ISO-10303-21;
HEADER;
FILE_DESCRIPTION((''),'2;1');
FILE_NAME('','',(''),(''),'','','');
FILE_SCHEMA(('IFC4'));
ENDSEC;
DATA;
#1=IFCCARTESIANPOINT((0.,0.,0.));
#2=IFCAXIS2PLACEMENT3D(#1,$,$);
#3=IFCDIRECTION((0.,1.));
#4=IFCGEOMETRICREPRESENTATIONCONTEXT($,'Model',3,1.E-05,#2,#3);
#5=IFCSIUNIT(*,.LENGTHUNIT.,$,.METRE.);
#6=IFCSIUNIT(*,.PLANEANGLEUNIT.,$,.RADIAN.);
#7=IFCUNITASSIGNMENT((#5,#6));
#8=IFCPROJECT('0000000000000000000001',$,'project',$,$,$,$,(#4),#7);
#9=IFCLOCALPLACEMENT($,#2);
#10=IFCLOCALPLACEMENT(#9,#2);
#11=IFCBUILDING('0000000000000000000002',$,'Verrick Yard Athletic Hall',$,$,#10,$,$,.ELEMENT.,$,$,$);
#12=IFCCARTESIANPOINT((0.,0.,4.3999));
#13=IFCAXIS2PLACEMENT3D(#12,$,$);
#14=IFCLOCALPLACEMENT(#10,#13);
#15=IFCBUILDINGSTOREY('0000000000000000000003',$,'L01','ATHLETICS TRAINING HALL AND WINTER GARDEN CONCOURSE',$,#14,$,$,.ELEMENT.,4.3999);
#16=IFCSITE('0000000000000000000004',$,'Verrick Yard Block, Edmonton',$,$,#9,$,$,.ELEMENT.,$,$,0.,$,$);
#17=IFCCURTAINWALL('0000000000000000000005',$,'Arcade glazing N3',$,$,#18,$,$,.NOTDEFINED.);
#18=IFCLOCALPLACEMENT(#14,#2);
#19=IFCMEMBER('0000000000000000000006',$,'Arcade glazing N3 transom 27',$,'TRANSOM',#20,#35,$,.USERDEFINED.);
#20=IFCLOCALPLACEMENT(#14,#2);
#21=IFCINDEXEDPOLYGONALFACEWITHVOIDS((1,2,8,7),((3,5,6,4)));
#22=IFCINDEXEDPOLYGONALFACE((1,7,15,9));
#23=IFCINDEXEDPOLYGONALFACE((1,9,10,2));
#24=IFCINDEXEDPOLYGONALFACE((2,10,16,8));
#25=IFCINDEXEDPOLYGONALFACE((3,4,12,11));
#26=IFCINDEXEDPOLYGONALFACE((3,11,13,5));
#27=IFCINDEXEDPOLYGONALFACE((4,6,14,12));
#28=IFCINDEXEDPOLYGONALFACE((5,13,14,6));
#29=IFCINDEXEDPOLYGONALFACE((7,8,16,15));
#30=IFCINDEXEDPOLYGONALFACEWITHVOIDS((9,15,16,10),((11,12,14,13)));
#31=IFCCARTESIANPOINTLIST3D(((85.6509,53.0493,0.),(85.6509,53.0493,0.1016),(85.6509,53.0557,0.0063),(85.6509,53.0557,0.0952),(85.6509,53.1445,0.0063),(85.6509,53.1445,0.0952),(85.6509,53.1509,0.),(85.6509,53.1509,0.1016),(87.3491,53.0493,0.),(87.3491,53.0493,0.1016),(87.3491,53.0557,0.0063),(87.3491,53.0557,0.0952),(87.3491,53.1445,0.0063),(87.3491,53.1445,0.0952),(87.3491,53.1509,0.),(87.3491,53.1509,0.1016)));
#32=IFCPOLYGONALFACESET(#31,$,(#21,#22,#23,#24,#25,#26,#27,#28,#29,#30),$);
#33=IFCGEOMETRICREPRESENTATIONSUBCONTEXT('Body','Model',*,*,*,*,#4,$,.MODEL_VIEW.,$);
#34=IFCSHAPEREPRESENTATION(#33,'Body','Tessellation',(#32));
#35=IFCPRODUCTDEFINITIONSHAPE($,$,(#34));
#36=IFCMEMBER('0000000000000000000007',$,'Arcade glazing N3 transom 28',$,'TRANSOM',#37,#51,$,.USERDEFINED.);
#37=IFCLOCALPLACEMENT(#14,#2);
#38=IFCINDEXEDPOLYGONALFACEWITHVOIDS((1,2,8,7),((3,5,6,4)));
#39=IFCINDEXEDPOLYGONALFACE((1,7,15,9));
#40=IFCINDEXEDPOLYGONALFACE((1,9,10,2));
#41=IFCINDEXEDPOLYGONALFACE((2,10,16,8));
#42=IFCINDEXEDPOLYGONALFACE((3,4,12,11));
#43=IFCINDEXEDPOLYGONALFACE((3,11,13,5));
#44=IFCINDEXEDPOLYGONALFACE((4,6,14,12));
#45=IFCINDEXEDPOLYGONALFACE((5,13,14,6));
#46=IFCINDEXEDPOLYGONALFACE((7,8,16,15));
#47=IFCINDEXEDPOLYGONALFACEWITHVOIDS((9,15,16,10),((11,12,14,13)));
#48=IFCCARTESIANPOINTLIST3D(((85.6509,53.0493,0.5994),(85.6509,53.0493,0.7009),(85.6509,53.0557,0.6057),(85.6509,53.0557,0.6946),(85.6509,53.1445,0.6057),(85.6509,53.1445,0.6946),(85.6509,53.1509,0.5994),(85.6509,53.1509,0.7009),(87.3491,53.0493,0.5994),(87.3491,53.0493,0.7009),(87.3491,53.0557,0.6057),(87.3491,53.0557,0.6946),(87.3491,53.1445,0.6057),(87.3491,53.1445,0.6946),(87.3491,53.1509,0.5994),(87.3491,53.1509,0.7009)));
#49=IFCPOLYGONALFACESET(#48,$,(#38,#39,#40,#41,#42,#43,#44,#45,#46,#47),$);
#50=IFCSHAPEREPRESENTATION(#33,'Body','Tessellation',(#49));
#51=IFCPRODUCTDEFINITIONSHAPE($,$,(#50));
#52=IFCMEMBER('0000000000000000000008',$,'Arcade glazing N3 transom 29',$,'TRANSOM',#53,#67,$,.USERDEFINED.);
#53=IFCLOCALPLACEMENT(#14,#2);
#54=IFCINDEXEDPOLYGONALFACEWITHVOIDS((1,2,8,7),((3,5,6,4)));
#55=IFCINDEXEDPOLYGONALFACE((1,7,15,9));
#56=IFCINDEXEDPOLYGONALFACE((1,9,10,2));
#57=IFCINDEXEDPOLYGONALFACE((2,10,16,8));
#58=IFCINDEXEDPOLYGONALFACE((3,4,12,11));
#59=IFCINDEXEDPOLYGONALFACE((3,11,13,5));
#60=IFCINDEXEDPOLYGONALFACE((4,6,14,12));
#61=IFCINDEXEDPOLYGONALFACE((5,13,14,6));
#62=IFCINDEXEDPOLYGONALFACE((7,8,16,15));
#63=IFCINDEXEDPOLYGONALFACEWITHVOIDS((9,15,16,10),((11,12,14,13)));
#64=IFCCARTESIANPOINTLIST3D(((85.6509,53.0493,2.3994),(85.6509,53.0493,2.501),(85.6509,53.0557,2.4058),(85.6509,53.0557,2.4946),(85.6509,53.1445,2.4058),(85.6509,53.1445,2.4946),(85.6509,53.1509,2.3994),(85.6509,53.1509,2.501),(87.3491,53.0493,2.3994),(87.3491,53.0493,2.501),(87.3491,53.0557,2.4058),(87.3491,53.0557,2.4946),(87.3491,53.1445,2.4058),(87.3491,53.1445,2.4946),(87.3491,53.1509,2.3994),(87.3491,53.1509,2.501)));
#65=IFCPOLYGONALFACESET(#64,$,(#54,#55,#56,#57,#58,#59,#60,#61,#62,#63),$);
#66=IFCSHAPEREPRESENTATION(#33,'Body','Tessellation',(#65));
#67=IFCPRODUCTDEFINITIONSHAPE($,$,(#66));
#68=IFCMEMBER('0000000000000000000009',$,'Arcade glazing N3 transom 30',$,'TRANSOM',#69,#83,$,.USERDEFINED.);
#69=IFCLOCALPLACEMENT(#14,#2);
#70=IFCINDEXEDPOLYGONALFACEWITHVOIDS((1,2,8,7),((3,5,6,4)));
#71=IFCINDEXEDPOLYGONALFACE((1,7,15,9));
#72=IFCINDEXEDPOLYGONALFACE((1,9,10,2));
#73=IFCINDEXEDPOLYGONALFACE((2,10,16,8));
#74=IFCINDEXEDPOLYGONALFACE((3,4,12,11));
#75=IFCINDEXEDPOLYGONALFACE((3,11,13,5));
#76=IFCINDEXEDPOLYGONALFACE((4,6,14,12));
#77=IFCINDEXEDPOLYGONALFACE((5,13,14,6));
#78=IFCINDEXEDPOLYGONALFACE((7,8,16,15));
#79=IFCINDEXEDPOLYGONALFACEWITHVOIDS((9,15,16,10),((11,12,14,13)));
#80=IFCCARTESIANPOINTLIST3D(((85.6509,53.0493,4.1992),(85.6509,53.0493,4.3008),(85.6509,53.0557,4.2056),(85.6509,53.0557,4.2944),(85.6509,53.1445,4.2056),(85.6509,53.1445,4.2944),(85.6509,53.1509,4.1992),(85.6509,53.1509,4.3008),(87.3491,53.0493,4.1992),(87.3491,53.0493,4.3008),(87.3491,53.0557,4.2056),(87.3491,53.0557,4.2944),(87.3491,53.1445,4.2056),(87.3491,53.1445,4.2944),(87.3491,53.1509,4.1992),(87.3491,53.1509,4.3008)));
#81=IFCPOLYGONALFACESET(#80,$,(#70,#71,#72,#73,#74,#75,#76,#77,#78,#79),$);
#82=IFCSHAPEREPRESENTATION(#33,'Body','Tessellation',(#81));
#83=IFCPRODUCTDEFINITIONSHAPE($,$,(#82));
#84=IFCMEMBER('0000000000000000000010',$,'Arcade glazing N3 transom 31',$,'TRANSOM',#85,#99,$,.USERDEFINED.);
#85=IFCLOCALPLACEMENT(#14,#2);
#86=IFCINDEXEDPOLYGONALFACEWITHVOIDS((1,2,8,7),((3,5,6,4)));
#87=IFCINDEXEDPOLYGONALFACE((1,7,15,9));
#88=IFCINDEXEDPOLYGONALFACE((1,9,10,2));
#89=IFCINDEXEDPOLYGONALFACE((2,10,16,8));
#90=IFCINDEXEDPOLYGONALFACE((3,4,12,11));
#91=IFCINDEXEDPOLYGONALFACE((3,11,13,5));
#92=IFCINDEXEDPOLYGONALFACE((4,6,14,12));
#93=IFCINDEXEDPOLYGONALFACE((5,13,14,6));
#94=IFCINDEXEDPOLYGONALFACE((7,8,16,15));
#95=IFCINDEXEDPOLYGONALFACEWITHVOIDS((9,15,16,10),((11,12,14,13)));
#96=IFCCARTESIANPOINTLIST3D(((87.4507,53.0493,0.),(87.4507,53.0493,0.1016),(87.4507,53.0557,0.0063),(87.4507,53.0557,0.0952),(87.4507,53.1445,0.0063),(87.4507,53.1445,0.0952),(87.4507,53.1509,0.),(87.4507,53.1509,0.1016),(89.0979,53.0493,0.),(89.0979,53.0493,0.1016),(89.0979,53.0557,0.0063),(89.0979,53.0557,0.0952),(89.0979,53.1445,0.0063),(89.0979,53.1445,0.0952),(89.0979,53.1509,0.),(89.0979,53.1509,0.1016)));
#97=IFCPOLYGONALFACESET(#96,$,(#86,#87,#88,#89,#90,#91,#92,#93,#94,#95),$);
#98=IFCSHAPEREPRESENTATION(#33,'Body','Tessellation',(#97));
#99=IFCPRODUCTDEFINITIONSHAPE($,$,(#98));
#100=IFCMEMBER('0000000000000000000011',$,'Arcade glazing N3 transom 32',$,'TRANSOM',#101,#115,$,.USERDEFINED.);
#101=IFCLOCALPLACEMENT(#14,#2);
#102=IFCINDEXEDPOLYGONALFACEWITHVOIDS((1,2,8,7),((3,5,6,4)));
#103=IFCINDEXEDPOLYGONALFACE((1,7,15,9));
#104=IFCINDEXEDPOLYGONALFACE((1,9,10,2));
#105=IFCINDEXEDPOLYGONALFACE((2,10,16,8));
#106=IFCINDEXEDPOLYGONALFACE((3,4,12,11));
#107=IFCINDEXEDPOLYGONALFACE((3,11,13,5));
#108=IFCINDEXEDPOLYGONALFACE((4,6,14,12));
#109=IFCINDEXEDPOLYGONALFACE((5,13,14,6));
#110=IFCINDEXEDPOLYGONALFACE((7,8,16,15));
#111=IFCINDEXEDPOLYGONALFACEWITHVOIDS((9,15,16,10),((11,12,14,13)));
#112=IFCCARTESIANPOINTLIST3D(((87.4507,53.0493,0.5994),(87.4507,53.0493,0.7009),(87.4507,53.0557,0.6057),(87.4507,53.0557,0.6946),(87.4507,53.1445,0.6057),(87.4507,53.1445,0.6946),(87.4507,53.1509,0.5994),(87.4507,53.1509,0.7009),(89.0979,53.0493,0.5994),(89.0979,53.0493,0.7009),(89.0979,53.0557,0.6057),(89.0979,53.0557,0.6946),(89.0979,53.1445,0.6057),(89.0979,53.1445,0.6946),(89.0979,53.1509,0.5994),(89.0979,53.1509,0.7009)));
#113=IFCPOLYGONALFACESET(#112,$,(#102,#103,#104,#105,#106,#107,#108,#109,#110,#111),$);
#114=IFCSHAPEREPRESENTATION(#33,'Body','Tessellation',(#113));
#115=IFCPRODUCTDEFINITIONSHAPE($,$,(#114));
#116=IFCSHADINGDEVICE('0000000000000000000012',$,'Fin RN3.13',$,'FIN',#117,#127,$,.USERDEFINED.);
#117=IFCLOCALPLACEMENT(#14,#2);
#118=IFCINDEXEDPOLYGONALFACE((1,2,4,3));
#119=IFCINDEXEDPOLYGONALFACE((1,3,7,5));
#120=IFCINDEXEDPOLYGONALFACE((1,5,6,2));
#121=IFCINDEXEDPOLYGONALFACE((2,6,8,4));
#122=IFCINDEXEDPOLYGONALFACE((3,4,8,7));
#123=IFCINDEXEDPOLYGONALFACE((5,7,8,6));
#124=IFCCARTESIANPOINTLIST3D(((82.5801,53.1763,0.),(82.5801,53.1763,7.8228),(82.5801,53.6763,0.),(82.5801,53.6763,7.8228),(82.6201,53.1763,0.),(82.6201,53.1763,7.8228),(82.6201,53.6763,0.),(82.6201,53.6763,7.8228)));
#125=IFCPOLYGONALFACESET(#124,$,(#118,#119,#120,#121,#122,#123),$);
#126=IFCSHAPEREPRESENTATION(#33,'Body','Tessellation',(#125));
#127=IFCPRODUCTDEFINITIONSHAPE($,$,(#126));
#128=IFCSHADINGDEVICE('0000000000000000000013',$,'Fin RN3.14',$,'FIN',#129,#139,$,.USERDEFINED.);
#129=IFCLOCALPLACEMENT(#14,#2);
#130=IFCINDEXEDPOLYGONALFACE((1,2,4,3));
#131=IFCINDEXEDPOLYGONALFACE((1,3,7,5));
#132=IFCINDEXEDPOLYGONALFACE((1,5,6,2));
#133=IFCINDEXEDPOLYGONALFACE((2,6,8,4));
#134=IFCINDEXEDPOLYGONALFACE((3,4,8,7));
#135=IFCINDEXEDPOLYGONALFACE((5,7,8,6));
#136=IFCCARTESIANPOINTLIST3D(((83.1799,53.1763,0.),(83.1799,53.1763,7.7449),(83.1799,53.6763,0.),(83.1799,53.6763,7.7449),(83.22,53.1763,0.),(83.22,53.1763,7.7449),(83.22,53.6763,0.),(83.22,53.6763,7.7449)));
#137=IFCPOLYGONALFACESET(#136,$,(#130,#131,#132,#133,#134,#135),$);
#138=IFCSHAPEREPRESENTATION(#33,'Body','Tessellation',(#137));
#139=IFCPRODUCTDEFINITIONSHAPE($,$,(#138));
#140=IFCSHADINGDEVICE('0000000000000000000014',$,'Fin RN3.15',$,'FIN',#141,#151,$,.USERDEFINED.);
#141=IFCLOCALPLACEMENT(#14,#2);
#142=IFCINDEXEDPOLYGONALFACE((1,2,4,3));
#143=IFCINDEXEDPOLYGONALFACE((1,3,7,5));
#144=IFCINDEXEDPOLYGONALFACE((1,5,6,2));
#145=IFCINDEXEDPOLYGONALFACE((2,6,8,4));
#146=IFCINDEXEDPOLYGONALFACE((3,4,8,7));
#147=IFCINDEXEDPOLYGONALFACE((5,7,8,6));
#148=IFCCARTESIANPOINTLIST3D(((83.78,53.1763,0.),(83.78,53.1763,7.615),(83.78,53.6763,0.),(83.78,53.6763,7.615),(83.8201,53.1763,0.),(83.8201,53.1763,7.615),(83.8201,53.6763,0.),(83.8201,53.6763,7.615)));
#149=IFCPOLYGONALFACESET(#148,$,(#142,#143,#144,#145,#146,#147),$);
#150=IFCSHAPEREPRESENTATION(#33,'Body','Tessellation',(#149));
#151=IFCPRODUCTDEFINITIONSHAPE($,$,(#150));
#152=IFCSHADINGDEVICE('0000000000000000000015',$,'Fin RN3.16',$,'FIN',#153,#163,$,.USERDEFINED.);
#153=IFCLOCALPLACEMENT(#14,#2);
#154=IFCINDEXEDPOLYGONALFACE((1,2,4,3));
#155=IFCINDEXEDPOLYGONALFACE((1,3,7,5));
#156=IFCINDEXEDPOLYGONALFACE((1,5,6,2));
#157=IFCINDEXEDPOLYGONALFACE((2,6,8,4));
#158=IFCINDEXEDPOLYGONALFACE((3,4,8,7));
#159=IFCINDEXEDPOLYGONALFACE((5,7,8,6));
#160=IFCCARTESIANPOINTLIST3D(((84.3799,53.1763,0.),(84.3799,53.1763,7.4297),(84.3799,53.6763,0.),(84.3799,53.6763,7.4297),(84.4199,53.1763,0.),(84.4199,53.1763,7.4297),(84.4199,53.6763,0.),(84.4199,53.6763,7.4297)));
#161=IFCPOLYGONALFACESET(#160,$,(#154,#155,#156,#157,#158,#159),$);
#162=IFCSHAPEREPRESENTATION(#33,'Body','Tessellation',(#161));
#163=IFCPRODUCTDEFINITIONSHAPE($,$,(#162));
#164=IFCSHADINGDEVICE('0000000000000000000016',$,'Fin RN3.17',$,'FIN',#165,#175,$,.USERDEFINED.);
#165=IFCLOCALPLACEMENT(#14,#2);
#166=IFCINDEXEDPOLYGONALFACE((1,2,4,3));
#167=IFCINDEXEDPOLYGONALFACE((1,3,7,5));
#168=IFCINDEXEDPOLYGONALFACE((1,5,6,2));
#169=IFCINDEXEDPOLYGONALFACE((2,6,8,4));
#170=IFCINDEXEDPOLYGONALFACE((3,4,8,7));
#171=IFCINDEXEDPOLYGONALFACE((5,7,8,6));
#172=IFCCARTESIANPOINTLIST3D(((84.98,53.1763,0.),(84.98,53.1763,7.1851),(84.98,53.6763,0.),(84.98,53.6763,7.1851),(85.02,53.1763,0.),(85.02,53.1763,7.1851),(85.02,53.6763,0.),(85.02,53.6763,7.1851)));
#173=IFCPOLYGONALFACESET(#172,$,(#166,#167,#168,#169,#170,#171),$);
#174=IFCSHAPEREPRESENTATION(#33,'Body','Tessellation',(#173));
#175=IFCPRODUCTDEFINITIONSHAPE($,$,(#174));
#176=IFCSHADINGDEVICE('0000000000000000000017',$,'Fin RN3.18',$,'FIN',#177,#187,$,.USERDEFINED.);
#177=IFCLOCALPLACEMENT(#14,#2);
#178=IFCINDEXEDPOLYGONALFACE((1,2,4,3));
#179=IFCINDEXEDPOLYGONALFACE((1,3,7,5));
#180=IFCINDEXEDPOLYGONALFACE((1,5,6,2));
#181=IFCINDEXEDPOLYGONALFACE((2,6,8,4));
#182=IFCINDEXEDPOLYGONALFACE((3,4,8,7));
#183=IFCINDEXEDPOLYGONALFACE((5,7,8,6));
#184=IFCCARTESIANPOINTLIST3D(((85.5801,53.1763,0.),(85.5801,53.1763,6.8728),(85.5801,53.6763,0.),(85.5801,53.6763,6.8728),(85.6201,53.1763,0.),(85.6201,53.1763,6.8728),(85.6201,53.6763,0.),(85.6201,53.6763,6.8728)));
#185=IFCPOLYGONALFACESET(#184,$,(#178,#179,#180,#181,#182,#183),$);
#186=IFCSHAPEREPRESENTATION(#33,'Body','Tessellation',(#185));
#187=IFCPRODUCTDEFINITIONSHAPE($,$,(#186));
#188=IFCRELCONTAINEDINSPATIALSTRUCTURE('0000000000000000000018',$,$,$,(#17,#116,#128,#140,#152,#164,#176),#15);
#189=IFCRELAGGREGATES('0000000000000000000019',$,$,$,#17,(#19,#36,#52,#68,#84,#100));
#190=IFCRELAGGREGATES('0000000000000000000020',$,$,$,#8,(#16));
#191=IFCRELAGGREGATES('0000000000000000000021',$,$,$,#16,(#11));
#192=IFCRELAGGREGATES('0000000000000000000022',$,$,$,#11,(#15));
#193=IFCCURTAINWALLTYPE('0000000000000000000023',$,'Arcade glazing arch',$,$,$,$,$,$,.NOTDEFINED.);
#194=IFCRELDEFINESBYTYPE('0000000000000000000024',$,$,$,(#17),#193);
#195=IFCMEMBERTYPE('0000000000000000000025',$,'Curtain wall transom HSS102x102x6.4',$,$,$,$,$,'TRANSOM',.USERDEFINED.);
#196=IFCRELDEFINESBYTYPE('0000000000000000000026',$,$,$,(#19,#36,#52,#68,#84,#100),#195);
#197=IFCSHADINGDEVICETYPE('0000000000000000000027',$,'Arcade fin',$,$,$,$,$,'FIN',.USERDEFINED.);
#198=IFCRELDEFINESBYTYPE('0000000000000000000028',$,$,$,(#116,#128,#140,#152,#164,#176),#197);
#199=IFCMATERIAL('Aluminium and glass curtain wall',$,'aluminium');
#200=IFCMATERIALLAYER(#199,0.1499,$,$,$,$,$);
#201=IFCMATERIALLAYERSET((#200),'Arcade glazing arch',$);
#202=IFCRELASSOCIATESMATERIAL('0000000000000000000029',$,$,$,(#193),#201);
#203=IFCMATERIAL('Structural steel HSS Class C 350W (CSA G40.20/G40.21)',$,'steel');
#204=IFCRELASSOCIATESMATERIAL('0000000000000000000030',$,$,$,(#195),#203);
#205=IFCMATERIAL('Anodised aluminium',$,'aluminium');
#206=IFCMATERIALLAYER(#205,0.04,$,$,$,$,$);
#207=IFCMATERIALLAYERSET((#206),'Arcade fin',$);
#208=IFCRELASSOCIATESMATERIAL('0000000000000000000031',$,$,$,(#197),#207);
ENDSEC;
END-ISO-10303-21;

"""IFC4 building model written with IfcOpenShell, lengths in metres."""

from ifc_helpers import new_model, si_unit, direction, frame, origin, origin_2d, place, context, subcontext, project, spatial, polyline, hollow_rectangle, outline, extrude, material, layer, layer_set, material_profile, profile_set, type_object, element, aggregate, save


model = new_model("IFC4")

# Units and contexts
model_context = context("Model", 3, precision=1e-05, world=origin(), true_north=direction((0.0, 1.0)))
body_context = subcontext(model_context, "Body", "Model", "MODEL_VIEW")
ifc_project = project(units=[si_unit("LENGTHUNIT", "METRE"), si_unit("PLANEANGLEUNIT", "RADIAN")], contexts=[model_context])

# Site, building, storey
site_placement = place(None, origin())
site = spatial("IfcSite", under=ifc_project, at=site_placement, Name="Verrick Yard Block, Edmonton", CompositionType="ELEMENT", RefElevation=0.0)
building_placement = place(site_placement, origin())
building = spatial("IfcBuilding", under=site, at=building_placement, Name="Verrick Yard Athletic Hall", CompositionType="ELEMENT")
storey_placement = place(building_placement, frame((0.0, 0.0, 4.3999)))
storey = spatial("IfcBuildingStorey", under=building, at=storey_placement, Name="L01", Description="ATHLETICS TRAINING HALL AND WINTER GARDEN CONCOURSE", CompositionType="ELEMENT", Elevation=4.3999)

# Curtain wall, members
ifc_material_1 = material(Name="Aluminium and glass curtain wall", Category="aluminium")
ifc_layer_1 = layer(ifc_material_1, 0.1499)
ifc_layer_set_1 = layer_set([ifc_layer_1], Name="Arcade glazing arch")
curtain_wall_type = type_object("IfcCurtainWallType", Name="Arcade glazing arch", PredefinedType="NOTDEFINED", material=ifc_layer_set_1)
curtain_wall_placement = place(storey_placement, origin())
curtain_wall = element("IfcCurtainWall", 1, at=curtain_wall_placement, inside=storey, type_object=curtain_wall_type, Name="Arcade glazing N3", PredefinedType="NOTDEFINED")
ifc_material_2 = material(Name="Structural steel HSS Class C 350W (CSA G40.20/G40.21)", Category="steel")
ifc_material_profile_1 = material_profile(ifc_material_2, hollow_rectangle(XDim=0.1016, YDim=0.1016, WallThickness=0.0063, at=origin_2d()), Name="HSS102x102x6.4")
ifc_profile_set_1 = profile_set([ifc_material_profile_1], Name="Structural steel HSS Class C 350W (CSA G40.20/G40.21)")
member_type_1 = type_object("IfcMemberType", Name="Curtain wall transom HSS102x102x6.4", ElementType="TRANSOM", PredefinedType="USERDEFINED", material=ifc_profile_set_1)
member_1_placement = place(storey_placement, frame((85.6509, 53.1001, 0.0508), z_axis=(1.0, 0.0, 0.0), x_axis=(0.0, 1.0, 0.0)))
member_1 = element("IfcMember", 2, at=member_1_placement, type_object=member_type_1, Name="Arcade glazing N3 transom 27", ObjectType="TRANSOM", PredefinedType="USERDEFINED", context=body_context, shape_type="SweptSolid", body=[
    extrude(hollow_rectangle(XDim=0.1016, YDim=0.1016, WallThickness=0.0063, at=origin_2d()), origin(), (0.0, 0.0, 1.0), 1.6982),
])
member_2_placement = place(storey_placement, frame((85.6509, 53.1001, 0.6501), z_axis=(1.0, 0.0, 0.0), x_axis=(0.0, 1.0, 0.0)))
member_2 = element("IfcMember", 3, at=member_2_placement, type_object=member_type_1, Name="Arcade glazing N3 transom 28", ObjectType="TRANSOM", PredefinedType="USERDEFINED", context=body_context, shape_type="SweptSolid", body=[
    extrude(hollow_rectangle(XDim=0.1016, YDim=0.1016, WallThickness=0.0063, at=origin_2d()), origin(), (0.0, 0.0, 1.0), 1.6982),
])
member_3_placement = place(storey_placement, frame((85.6509, 53.1001, 2.4502), z_axis=(1.0, 0.0, 0.0), x_axis=(0.0, 1.0, 0.0)))
member_3 = element("IfcMember", 4, at=member_3_placement, type_object=member_type_1, Name="Arcade glazing N3 transom 29", ObjectType="TRANSOM", PredefinedType="USERDEFINED", context=body_context, shape_type="SweptSolid", body=[
    extrude(hollow_rectangle(XDim=0.1016, YDim=0.1016, WallThickness=0.0063, at=origin_2d()), origin(), (0.0, 0.0, 1.0), 1.6982),
])
member_4_placement = place(storey_placement, frame((85.6509, 53.1001, 4.25), z_axis=(1.0, 0.0, 0.0), x_axis=(0.0, 1.0, 0.0)))
member_4 = element("IfcMember", 5, at=member_4_placement, type_object=member_type_1, Name="Arcade glazing N3 transom 30", ObjectType="TRANSOM", PredefinedType="USERDEFINED", context=body_context, shape_type="SweptSolid", body=[
    extrude(hollow_rectangle(XDim=0.1016, YDim=0.1016, WallThickness=0.0063, at=origin_2d()), origin(), (0.0, 0.0, 1.0), 1.6982),
])
member_5_placement = place(storey_placement, frame((87.4507, 53.1001, 0.0508), z_axis=(1.0, 0.0, 0.0), x_axis=(0.0, 1.0, 0.0)))
member_5 = element("IfcMember", 6, at=member_5_placement, type_object=member_type_1, Name="Arcade glazing N3 transom 31", ObjectType="TRANSOM", PredefinedType="USERDEFINED", context=body_context, shape_type="SweptSolid", body=[
    extrude(hollow_rectangle(XDim=0.1016, YDim=0.1016, WallThickness=0.0063, at=origin_2d()), origin(), (0.0, 0.0, 1.0), 1.6472),
])
member_6_placement = place(storey_placement, frame((87.4507, 53.1001, 0.6501), z_axis=(1.0, 0.0, 0.0), x_axis=(0.0, 1.0, 0.0)))
member_6 = element("IfcMember", 7, at=member_6_placement, type_object=member_type_1, Name="Arcade glazing N3 transom 32", ObjectType="TRANSOM", PredefinedType="USERDEFINED", context=body_context, shape_type="SweptSolid", body=[
    extrude(hollow_rectangle(XDim=0.1016, YDim=0.1016, WallThickness=0.0063, at=origin_2d()), origin(), (0.0, 0.0, 1.0), 1.6472),
])
aggregate(curtain_wall, [member_1, member_2, member_3, member_4, member_5, member_6])

# Shading devices
ifc_material_3 = material(Name="Anodised aluminium", Category="aluminium")
ifc_layer_2 = layer(ifc_material_3, 0.04)
ifc_layer_set_2 = layer_set([ifc_layer_2], Name="Arcade fin")
shading_device_type = type_object("IfcShadingDeviceType", Name="Arcade fin", ElementType="FIN", PredefinedType="USERDEFINED", material=ifc_layer_set_2)
shading_device_1_placement = place(storey_placement, frame((82.6001, 53.1763, 0.0), z_axis=(0.0, 0.0, 1.0), x_axis=(0.0, 1.0, 0.0)))
element("IfcShadingDevice", 8, at=shading_device_1_placement, inside=storey, type_object=shading_device_type, Name="Fin RN3.13", ObjectType="FIN", PredefinedType="USERDEFINED", context=body_context, shape_type="SweptSolid", body=[
    extrude(outline(polyline([(0.0, 0.0), (0.5, 0.0), (0.5, 7.8228), (0.0, 7.8228), (0.0, 0.0)])), frame((0.0, 0.02, 0.0), z_axis=(0.0, -1.0, 0.0), x_axis=(1.0, 0.0, 0.0)), (0.0, 0.0, 1.0), 0.04),
])
shading_device_2_placement = place(storey_placement, frame((83.2, 53.1763, 0.0), z_axis=(0.0, 0.0, 1.0), x_axis=(0.0, 1.0, 0.0)))
element("IfcShadingDevice", 9, at=shading_device_2_placement, inside=storey, type_object=shading_device_type, Name="Fin RN3.14", ObjectType="FIN", PredefinedType="USERDEFINED", context=body_context, shape_type="SweptSolid", body=[
    extrude(outline(polyline([(0.0, 0.0), (0.5, 0.0), (0.5, 7.7449), (0.0, 7.7449), (0.0, 0.0)])), frame((0.0, 0.02, 0.0), z_axis=(0.0, -1.0, 0.0), x_axis=(1.0, 0.0, 0.0)), (0.0, 0.0, 1.0), 0.04),
])
shading_device_3_placement = place(storey_placement, frame((83.8, 53.1763, 0.0), z_axis=(0.0, 0.0, 1.0), x_axis=(0.0, 1.0, 0.0)))
element("IfcShadingDevice", 10, at=shading_device_3_placement, inside=storey, type_object=shading_device_type, Name="Fin RN3.15", ObjectType="FIN", PredefinedType="USERDEFINED", context=body_context, shape_type="SweptSolid", body=[
    extrude(outline(polyline([(0.0, 0.0), (0.5, 0.0), (0.5, 7.615), (0.0, 7.615), (0.0, 0.0)])), frame((0.0, 0.02, 0.0), z_axis=(0.0, -1.0, 0.0), x_axis=(1.0, 0.0, 0.0)), (0.0, 0.0, 1.0), 0.04),
])
shading_device_4_placement = place(storey_placement, frame((84.3999, 53.1763, 0.0), z_axis=(0.0, 0.0, 1.0), x_axis=(0.0, 1.0, 0.0)))
element("IfcShadingDevice", 11, at=shading_device_4_placement, inside=storey, type_object=shading_device_type, Name="Fin RN3.16", ObjectType="FIN", PredefinedType="USERDEFINED", context=body_context, shape_type="SweptSolid", body=[
    extrude(outline(polyline([(0.0, 0.0), (0.5, 0.0), (0.5, 7.4297), (0.0, 7.4297), (0.0, 0.0)])), frame((0.0, 0.02, 0.0), z_axis=(0.0, -1.0, 0.0), x_axis=(1.0, 0.0, 0.0)), (0.0, 0.0, 1.0), 0.04),
])
shading_device_5_placement = place(storey_placement, frame((85.0, 53.1763, 0.0), z_axis=(0.0, 0.0, 1.0), x_axis=(0.0, 1.0, 0.0)))
element("IfcShadingDevice", 12, at=shading_device_5_placement, inside=storey, type_object=shading_device_type, Name="Fin RN3.17", ObjectType="FIN", PredefinedType="USERDEFINED", context=body_context, shape_type="SweptSolid", body=[
    extrude(outline(polyline([(0.0, 0.0), (0.5, 0.0), (0.5, 7.1851), (0.0, 7.1851), (0.0, 0.0)])), frame((0.0, 0.02, 0.0), z_axis=(0.0, -1.0, 0.0), x_axis=(1.0, 0.0, 0.0)), (0.0, 0.0, 1.0), 0.04),
])
shading_device_6_placement = place(storey_placement, frame((85.6001, 53.1763, 0.0), z_axis=(0.0, 0.0, 1.0), x_axis=(0.0, 1.0, 0.0)))
element("IfcShadingDevice", 13, at=shading_device_6_placement, inside=storey, type_object=shading_device_type, Name="Fin RN3.18", ObjectType="FIN", PredefinedType="USERDEFINED", context=body_context, shape_type="SweptSolid", body=[
    extrude(outline(polyline([(0.0, 0.0), (0.5, 0.0), (0.5, 6.8728), (0.0, 6.8728), (0.0, 0.0)])), frame((0.0, 0.02, 0.0), z_axis=(0.0, -1.0, 0.0), x_axis=(1.0, 0.0, 0.0)), (0.0, 0.0, 1.0), 0.04),
])

save(model, "model.ifc")
